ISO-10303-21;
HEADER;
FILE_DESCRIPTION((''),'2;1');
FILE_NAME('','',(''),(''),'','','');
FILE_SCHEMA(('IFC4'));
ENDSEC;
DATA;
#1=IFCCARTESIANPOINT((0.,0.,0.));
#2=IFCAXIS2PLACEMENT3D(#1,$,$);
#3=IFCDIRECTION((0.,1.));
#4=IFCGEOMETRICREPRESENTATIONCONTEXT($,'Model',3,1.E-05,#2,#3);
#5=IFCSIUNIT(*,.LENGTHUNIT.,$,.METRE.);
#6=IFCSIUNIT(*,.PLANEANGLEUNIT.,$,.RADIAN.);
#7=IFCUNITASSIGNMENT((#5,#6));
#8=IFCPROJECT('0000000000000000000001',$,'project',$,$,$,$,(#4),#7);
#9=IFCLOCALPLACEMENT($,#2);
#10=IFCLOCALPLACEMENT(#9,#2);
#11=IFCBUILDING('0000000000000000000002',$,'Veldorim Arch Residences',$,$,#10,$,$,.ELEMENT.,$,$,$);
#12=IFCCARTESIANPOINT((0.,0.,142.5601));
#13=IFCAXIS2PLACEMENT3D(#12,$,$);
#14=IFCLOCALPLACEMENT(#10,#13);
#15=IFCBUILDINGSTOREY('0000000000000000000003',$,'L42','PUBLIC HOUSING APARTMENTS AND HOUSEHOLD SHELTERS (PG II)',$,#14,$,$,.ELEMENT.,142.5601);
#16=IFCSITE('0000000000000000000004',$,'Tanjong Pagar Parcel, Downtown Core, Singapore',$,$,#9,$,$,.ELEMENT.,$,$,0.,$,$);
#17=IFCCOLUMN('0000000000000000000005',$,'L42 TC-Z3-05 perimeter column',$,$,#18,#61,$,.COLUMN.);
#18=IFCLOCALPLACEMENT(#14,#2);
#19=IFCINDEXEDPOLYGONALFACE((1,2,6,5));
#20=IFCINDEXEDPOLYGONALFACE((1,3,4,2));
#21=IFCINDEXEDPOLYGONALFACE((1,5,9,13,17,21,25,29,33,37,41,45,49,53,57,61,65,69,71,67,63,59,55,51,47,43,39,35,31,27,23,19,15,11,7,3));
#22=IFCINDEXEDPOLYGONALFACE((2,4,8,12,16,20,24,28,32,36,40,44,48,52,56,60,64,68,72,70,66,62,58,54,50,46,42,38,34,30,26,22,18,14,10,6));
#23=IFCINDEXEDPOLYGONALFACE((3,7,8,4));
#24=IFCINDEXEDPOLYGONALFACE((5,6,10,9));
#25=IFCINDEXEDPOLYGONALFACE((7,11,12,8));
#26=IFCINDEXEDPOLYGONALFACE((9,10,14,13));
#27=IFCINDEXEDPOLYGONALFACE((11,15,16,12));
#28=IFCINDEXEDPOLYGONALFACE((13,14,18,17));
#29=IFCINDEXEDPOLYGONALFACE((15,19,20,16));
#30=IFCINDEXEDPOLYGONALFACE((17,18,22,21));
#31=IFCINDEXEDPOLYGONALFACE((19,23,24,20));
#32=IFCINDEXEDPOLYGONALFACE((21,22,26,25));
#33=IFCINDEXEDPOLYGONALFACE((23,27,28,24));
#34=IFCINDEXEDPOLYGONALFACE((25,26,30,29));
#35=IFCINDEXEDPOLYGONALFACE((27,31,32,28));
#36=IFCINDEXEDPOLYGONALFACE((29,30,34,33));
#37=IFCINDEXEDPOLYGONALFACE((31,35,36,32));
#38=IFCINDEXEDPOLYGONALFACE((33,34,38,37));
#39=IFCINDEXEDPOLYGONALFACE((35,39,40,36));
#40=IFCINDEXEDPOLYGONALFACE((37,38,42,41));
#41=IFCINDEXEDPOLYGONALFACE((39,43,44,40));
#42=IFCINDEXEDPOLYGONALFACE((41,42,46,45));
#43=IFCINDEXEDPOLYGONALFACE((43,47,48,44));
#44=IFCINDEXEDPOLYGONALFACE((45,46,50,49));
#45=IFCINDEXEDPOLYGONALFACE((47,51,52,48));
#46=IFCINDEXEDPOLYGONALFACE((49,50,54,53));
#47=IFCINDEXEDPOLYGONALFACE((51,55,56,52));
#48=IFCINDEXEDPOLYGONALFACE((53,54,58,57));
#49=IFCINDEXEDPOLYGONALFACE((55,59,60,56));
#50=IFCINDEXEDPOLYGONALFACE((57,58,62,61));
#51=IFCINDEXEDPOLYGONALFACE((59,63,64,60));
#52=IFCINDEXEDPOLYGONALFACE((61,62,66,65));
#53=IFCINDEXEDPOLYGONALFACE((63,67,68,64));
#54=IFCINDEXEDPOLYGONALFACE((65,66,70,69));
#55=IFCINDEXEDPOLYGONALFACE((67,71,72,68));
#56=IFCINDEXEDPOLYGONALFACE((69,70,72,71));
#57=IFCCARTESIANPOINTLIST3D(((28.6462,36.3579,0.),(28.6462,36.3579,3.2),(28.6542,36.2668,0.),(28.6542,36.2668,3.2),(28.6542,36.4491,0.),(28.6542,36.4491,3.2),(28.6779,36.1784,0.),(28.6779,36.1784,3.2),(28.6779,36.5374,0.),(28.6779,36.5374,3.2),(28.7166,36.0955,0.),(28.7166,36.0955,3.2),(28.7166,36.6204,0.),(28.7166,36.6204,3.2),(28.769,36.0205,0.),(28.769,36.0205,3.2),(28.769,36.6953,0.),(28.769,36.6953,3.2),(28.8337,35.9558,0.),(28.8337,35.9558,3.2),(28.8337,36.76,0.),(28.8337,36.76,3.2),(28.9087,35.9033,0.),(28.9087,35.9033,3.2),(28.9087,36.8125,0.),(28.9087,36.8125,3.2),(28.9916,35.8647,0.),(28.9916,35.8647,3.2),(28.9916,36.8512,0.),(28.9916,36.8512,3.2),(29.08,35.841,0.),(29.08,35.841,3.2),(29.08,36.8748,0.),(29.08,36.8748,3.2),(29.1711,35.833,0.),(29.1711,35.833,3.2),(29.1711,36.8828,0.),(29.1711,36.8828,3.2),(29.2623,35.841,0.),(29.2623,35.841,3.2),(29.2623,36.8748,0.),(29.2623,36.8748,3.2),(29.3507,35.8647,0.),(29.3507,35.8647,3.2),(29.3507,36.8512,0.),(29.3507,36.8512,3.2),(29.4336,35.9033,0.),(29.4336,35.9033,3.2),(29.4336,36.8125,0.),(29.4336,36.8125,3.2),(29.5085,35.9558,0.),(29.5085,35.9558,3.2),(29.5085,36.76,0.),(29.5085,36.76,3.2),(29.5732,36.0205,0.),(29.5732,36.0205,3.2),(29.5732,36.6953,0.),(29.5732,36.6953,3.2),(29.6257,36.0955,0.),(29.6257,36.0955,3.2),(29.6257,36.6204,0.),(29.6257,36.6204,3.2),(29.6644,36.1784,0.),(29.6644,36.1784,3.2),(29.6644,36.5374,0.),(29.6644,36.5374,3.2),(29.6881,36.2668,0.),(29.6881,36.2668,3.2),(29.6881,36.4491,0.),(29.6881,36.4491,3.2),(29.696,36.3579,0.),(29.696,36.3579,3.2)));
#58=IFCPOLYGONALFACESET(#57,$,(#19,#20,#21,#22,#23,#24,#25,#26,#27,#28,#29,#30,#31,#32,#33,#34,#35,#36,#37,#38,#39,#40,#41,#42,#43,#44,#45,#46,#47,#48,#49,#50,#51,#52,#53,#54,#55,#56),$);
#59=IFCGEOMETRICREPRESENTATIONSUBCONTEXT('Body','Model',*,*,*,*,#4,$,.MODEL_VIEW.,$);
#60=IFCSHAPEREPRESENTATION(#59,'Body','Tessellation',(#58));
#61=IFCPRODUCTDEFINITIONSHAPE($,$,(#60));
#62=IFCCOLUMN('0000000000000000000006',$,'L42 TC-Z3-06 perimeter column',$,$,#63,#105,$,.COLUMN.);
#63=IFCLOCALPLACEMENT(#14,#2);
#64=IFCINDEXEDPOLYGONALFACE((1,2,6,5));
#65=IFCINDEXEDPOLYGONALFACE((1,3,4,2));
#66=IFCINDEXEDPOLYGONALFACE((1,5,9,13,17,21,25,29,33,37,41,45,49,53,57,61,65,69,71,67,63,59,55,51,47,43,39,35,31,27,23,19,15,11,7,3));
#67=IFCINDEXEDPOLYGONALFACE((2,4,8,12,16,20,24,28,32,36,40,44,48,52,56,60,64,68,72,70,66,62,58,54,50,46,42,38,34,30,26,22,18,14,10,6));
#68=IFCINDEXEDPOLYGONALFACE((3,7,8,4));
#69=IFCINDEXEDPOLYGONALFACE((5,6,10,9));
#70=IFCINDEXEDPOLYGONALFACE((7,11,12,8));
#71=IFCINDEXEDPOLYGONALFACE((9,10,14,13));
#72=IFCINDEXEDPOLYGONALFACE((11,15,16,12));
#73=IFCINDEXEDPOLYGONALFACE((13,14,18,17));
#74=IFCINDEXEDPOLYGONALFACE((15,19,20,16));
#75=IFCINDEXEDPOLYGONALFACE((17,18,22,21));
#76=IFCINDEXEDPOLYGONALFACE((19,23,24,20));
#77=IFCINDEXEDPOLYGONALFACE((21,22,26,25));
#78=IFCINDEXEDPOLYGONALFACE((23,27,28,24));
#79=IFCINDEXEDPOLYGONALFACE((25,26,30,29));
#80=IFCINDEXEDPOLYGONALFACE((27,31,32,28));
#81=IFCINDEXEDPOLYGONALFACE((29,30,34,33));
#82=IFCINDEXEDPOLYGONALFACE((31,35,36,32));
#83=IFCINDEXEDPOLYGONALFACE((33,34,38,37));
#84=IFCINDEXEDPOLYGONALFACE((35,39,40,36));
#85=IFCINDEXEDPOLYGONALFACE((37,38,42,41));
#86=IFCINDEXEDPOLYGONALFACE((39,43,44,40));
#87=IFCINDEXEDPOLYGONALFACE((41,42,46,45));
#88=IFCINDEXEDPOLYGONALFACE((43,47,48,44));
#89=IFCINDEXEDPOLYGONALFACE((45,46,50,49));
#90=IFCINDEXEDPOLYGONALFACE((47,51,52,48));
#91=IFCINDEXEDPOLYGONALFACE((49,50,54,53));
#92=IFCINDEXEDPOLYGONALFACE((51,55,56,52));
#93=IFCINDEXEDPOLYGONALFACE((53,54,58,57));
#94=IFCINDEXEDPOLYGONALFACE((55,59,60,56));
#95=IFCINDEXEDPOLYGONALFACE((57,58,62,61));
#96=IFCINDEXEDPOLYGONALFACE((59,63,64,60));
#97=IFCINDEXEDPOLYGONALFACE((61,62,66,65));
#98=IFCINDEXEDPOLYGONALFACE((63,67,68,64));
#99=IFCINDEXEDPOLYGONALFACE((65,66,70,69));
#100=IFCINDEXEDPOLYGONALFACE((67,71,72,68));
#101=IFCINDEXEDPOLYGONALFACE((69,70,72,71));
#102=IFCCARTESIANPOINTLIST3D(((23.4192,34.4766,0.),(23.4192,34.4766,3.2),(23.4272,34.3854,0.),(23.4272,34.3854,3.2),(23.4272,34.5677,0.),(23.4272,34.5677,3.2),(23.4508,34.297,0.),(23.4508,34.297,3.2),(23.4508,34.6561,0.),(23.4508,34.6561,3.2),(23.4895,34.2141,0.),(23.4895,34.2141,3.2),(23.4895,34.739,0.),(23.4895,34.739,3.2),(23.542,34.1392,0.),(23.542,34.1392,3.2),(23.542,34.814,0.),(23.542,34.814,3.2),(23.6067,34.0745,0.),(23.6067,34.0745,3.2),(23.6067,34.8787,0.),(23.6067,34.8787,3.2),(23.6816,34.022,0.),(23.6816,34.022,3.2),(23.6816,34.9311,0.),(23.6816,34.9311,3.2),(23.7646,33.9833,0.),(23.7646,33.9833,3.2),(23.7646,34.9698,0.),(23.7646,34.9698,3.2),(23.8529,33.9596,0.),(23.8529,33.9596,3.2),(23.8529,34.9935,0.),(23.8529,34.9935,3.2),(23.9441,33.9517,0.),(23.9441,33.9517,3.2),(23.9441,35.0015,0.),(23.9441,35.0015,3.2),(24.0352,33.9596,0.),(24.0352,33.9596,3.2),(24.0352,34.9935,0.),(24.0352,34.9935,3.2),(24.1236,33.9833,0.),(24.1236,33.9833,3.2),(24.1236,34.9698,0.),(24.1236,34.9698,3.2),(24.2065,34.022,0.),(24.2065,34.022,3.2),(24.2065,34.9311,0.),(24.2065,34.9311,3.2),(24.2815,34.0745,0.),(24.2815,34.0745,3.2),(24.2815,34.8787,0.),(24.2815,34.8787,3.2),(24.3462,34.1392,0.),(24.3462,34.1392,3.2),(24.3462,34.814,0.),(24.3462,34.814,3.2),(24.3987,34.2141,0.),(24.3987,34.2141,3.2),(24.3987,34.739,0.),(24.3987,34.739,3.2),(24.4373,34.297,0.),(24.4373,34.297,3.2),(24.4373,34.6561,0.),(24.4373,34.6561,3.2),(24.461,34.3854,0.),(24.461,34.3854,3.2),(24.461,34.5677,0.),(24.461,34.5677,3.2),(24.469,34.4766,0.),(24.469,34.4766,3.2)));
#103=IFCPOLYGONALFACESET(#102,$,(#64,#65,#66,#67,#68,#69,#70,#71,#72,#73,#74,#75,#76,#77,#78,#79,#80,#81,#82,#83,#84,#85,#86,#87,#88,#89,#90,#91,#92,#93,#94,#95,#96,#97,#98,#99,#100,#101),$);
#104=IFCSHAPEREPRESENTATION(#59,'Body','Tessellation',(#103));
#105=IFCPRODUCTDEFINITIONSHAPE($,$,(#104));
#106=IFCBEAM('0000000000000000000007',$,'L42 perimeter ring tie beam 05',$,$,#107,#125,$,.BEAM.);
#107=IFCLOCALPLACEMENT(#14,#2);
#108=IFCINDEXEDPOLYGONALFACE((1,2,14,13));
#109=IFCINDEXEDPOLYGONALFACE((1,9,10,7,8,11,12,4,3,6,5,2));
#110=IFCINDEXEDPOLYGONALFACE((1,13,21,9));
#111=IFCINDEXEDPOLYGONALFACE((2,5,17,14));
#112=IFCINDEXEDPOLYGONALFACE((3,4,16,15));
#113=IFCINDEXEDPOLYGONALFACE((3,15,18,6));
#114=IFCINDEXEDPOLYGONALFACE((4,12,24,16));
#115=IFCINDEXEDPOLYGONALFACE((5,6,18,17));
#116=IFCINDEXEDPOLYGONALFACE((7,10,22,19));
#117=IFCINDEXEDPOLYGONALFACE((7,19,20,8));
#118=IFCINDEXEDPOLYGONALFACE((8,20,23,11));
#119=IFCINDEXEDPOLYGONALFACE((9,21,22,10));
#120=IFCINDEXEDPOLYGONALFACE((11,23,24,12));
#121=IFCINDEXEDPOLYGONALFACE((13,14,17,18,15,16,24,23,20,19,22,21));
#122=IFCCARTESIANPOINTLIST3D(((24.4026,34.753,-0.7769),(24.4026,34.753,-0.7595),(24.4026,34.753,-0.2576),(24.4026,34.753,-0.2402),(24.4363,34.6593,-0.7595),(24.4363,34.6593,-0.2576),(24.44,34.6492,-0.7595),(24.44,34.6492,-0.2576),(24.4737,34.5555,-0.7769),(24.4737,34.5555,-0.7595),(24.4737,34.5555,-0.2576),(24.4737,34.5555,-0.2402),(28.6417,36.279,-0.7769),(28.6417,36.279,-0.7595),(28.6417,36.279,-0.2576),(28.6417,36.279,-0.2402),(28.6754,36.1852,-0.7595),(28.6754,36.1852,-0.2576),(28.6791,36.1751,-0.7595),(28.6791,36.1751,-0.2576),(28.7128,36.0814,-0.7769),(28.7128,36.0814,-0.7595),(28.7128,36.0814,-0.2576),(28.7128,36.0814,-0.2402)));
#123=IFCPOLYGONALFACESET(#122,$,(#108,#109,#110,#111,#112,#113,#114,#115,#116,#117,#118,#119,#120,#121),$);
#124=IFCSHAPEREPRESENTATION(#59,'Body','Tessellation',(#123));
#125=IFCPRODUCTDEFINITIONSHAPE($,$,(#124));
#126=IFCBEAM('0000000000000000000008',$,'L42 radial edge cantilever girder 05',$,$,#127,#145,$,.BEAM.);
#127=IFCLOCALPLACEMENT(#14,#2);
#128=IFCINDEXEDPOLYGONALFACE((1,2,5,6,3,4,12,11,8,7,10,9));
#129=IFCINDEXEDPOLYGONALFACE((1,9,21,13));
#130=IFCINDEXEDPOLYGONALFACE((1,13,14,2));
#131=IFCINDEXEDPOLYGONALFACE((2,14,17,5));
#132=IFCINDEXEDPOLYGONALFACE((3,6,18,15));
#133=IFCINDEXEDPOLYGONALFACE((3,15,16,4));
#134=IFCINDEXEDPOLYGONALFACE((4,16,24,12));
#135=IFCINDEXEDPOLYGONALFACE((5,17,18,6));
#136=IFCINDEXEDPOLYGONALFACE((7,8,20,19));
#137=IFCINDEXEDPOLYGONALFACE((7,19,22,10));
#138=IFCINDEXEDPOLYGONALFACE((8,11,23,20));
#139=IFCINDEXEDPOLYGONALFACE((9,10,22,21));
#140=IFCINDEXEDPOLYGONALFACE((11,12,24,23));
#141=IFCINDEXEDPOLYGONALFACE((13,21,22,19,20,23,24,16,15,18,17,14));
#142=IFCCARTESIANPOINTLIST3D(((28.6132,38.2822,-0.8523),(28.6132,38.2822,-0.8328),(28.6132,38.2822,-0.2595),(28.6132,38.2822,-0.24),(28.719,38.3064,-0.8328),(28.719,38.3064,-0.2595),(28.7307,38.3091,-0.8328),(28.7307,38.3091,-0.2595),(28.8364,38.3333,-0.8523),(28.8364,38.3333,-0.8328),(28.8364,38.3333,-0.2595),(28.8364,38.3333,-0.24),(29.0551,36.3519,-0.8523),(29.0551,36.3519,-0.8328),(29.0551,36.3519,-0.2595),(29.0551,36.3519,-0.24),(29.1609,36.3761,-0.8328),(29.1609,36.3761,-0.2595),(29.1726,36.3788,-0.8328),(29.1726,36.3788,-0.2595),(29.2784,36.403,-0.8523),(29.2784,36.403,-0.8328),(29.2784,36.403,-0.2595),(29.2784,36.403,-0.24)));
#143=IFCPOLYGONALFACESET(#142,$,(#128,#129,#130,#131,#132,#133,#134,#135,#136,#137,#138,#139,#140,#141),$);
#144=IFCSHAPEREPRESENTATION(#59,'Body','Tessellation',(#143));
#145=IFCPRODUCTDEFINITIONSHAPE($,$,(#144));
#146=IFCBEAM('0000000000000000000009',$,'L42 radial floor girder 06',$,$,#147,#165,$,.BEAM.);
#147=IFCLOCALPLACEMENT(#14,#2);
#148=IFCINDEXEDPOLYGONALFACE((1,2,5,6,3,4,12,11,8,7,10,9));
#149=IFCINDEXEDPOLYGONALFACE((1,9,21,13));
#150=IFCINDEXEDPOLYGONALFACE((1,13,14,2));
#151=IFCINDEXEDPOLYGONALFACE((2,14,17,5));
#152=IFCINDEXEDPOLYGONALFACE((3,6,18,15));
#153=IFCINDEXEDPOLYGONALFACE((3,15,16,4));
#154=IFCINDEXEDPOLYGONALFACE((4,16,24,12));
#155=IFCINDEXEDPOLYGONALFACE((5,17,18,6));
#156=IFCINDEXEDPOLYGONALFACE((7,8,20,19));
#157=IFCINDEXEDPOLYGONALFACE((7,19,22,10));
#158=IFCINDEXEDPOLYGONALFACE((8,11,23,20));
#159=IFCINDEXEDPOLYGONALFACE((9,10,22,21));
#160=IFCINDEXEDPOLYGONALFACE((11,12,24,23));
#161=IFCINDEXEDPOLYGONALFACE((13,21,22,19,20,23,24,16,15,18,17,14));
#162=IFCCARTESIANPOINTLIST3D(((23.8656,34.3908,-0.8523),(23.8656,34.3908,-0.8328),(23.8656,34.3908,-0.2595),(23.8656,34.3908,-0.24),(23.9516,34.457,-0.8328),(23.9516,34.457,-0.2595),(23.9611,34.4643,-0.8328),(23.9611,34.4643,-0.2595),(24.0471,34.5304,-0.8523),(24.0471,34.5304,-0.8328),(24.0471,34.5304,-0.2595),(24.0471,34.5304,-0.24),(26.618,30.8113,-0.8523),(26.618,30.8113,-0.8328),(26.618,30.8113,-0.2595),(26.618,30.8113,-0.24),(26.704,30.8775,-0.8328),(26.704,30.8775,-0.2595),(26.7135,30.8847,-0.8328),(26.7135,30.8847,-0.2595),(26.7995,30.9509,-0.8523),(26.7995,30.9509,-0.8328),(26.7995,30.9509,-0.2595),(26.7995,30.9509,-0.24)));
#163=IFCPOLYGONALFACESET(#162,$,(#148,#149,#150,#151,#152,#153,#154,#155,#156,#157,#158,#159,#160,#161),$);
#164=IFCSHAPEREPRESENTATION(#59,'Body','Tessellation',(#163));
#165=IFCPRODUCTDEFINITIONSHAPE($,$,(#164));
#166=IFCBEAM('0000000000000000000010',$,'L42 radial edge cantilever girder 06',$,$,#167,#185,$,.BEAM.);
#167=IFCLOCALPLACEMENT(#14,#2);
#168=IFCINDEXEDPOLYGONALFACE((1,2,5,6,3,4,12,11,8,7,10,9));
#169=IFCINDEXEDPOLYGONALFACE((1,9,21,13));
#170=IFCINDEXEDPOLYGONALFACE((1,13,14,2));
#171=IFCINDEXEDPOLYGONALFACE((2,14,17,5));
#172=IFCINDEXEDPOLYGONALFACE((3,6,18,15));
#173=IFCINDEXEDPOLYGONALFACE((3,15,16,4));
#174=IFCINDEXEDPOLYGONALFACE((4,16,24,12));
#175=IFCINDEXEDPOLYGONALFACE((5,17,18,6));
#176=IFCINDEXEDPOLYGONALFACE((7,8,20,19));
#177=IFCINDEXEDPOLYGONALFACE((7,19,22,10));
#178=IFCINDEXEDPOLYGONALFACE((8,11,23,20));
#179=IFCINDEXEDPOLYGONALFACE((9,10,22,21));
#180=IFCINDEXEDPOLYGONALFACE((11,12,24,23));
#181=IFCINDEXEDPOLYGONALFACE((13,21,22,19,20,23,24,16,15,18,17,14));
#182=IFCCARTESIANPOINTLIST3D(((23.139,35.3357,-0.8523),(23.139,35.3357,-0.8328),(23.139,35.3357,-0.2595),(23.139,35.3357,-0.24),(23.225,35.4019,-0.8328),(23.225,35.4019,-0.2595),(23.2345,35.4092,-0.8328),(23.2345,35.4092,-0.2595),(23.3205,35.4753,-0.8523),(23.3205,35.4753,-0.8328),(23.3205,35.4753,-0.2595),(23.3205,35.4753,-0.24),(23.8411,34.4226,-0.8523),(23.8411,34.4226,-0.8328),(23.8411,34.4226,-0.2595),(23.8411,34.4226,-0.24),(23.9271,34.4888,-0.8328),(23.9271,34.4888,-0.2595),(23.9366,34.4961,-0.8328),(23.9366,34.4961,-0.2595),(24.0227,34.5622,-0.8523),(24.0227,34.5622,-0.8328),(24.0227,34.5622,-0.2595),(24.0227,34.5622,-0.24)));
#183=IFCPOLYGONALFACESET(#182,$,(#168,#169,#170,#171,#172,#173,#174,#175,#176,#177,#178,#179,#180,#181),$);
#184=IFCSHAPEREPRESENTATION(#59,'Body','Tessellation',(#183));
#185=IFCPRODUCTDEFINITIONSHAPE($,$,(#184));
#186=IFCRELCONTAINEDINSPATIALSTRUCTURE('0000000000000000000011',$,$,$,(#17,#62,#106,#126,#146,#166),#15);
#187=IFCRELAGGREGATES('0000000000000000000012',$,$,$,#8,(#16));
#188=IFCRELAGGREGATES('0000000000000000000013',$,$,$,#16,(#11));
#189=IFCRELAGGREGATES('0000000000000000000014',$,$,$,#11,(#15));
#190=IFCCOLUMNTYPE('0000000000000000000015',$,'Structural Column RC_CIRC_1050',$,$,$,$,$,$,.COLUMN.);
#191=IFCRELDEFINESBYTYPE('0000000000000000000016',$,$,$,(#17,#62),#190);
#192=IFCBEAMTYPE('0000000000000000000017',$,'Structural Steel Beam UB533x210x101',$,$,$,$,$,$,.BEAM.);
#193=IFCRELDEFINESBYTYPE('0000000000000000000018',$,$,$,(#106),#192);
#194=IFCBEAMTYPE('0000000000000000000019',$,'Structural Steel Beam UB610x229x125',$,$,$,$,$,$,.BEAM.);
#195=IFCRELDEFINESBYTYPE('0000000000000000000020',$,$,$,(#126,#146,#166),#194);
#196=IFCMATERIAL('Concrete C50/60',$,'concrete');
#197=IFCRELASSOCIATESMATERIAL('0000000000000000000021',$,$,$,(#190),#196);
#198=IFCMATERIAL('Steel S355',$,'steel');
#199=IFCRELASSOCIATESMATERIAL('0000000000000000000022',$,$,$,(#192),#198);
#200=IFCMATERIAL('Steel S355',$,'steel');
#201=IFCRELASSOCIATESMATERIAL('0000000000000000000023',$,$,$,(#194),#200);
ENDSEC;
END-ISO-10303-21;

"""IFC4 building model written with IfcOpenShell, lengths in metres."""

from ifc_helpers import new_model, si_unit, direction, frame, origin, origin_2d, place, context, subcontext, project, spatial, circle, i_section, extrude, material, material_profile, profile_set, type_object, element, save


model = new_model("IFC4")

# Units and contexts
model_context = context("Model", 3, precision=1e-05, world=origin(), true_north=direction((0.0, 1.0)))
body_context = subcontext(model_context, "Body", "Model", "MODEL_VIEW")
ifc_project = project(units=[si_unit("LENGTHUNIT", "METRE"), si_unit("PLANEANGLEUNIT", "RADIAN")], contexts=[model_context])

# Site, building, storey
site_placement = place(None, origin())
site = spatial("IfcSite", under=ifc_project, at=site_placement, Name="Tanjong Pagar Parcel, Downtown Core, Singapore", CompositionType="ELEMENT", RefElevation=0.0)
building_placement = place(site_placement, origin())
building = spatial("IfcBuilding", under=site, at=building_placement, Name="Veldorim Arch Residences", CompositionType="ELEMENT")
storey_placement = place(building_placement, frame((0.0, 0.0, 142.5601)))
storey = spatial("IfcBuildingStorey", under=building, at=storey_placement, Name="L42", Description="PUBLIC HOUSING APARTMENTS AND HOUSEHOLD SHELTERS (PG II)", CompositionType="ELEMENT", Elevation=142.5601)

# Columns
ifc_material_1 = material(Name="Concrete C50/60", Category="concrete")
ifc_material_profile_1 = material_profile(ifc_material_1, circle(Radius=0.5249, at=origin_2d()), Name="RC_CIRC_1050")
ifc_profile_set_1 = profile_set([ifc_material_profile_1], Name="Concrete C50/60")
column_type = type_object("IfcColumnType", Name="Structural Column RC_CIRC_1050", PredefinedType="COLUMN", material=ifc_profile_set_1)
for number, where, z_axis, x_axis, name in (
    (1, (29.1711, 36.3579, 0.0), (0.0, 0.0, 1.0), (1.0, 0.0, 0.0), "L42 TC-Z3-05 perimeter column"),
    (2, (23.9441, 34.4766, 0.0), (0.0, 0.0, 1.0), (1.0, 0.0, 0.0), "L42 TC-Z3-06 perimeter column"),
):
    element("IfcColumn", number, at=place(storey_placement, frame(where, z_axis=z_axis, x_axis=x_axis)), inside=storey, type_object=column_type, Name=name, PredefinedType="COLUMN", context=body_context, shape_type="SweptSolid", body=[
        extrude(circle(Radius=0.5249, at=origin_2d()), origin(), (0.0, 0.0, 1.0), 3.2),
    ])

# Beams
ifc_material_2 = material(Name="Steel S355", Category="steel")
ifc_material_profile_2 = material_profile(ifc_material_2, i_section(OverallWidth=0.21, OverallDepth=0.5366, WebThickness=0.0107, FlangeThickness=0.0173, at=origin_2d()), Name="UB533x210x101")
ifc_profile_set_2 = profile_set([ifc_material_profile_2], Name="Steel S355")
beam_type_1 = type_object("IfcBeamType", Name="Structural Steel Beam UB533x210x101", PredefinedType="BEAM", material=ifc_profile_set_2)
beam_1_placement = place(storey_placement, frame((28.6772, 36.1802, -0.5085), z_axis=(-0.940899, -0.338687, 0.0), x_axis=(0.338687, -0.940899, 0.0)))
element("IfcBeam", 3, at=beam_1_placement, inside=storey, type_object=beam_type_1, Name="L42 perimeter ring tie beam 05", PredefinedType="BEAM", context=body_context, shape_type="SweptSolid", body=[
    extrude(i_section(OverallWidth=0.21, OverallDepth=0.5366, WebThickness=0.0107, FlangeThickness=0.0173, at=origin_2d()), origin(), (0.0, 0.0, 1.0), 4.5054),
])
ifc_material_3 = material(Name="Steel S355", Category="steel")
ifc_material_profile_3 = material_profile(ifc_material_3, i_section(OverallWidth=0.229, OverallDepth=0.6123, WebThickness=0.012, FlangeThickness=0.0195, at=origin_2d()), Name="UB610x229x125")
ifc_profile_set_3 = profile_set([ifc_material_profile_3], Name="Steel S355")
beam_type_2 = type_object("IfcBeamType", Name="Structural Steel Beam UB610x229x125", PredefinedType="BEAM", material=ifc_profile_set_3)
beam_2_placement = place(storey_placement, frame((29.1667, 36.3774, -0.5461), z_axis=(-0.223166, 0.97478, 0.0), x_axis=(-0.97478, -0.223166, 0.0)))
element("IfcBeam", 4, at=beam_2_placement, inside=storey, type_object=beam_type_2, Name="L42 radial edge cantilever girder 05", PredefinedType="BEAM", context=body_context, shape_type="SweptSolid", body=[
    extrude(i_section(OverallWidth=0.229, OverallDepth=0.6123, WebThickness=0.012, FlangeThickness=0.0195, at=origin_2d()), origin(), (0.0, 0.0, 1.0), 1.9802),
])
beam_3_placement = place(storey_placement, frame((26.7087, 30.8811, -0.5461), z_axis=(-0.609559, 0.792741, 0.0), x_axis=(-0.792741, -0.609559, 0.0)))
element("IfcBeam", 5, at=beam_3_placement, inside=storey, type_object=beam_type_2, Name="L42 radial floor girder 06", PredefinedType="BEAM", context=body_context, shape_type="SweptSolid", body=[
    extrude(i_section(OverallWidth=0.229, OverallDepth=0.6123, WebThickness=0.012, FlangeThickness=0.0195, at=origin_2d()), origin(), (0.0, 0.0, 1.0), 4.5154),
])
beam_4_placement = place(storey_placement, frame((23.9319, 34.4924, -0.5461), z_axis=(-0.609588, 0.792719, 0.0), x_axis=(-0.792719, -0.609588, 0.0)))
element("IfcBeam", 6, at=beam_4_placement, inside=storey, type_object=beam_type_2, Name="L42 radial edge cantilever girder 06", PredefinedType="BEAM", context=body_context, shape_type="SweptSolid", body=[
    extrude(i_section(OverallWidth=0.229, OverallDepth=0.6123, WebThickness=0.012, FlangeThickness=0.0195, at=origin_2d()), origin(), (0.0, 0.0, 1.0), 1.1519),
])

save(model, "model.ifc")
